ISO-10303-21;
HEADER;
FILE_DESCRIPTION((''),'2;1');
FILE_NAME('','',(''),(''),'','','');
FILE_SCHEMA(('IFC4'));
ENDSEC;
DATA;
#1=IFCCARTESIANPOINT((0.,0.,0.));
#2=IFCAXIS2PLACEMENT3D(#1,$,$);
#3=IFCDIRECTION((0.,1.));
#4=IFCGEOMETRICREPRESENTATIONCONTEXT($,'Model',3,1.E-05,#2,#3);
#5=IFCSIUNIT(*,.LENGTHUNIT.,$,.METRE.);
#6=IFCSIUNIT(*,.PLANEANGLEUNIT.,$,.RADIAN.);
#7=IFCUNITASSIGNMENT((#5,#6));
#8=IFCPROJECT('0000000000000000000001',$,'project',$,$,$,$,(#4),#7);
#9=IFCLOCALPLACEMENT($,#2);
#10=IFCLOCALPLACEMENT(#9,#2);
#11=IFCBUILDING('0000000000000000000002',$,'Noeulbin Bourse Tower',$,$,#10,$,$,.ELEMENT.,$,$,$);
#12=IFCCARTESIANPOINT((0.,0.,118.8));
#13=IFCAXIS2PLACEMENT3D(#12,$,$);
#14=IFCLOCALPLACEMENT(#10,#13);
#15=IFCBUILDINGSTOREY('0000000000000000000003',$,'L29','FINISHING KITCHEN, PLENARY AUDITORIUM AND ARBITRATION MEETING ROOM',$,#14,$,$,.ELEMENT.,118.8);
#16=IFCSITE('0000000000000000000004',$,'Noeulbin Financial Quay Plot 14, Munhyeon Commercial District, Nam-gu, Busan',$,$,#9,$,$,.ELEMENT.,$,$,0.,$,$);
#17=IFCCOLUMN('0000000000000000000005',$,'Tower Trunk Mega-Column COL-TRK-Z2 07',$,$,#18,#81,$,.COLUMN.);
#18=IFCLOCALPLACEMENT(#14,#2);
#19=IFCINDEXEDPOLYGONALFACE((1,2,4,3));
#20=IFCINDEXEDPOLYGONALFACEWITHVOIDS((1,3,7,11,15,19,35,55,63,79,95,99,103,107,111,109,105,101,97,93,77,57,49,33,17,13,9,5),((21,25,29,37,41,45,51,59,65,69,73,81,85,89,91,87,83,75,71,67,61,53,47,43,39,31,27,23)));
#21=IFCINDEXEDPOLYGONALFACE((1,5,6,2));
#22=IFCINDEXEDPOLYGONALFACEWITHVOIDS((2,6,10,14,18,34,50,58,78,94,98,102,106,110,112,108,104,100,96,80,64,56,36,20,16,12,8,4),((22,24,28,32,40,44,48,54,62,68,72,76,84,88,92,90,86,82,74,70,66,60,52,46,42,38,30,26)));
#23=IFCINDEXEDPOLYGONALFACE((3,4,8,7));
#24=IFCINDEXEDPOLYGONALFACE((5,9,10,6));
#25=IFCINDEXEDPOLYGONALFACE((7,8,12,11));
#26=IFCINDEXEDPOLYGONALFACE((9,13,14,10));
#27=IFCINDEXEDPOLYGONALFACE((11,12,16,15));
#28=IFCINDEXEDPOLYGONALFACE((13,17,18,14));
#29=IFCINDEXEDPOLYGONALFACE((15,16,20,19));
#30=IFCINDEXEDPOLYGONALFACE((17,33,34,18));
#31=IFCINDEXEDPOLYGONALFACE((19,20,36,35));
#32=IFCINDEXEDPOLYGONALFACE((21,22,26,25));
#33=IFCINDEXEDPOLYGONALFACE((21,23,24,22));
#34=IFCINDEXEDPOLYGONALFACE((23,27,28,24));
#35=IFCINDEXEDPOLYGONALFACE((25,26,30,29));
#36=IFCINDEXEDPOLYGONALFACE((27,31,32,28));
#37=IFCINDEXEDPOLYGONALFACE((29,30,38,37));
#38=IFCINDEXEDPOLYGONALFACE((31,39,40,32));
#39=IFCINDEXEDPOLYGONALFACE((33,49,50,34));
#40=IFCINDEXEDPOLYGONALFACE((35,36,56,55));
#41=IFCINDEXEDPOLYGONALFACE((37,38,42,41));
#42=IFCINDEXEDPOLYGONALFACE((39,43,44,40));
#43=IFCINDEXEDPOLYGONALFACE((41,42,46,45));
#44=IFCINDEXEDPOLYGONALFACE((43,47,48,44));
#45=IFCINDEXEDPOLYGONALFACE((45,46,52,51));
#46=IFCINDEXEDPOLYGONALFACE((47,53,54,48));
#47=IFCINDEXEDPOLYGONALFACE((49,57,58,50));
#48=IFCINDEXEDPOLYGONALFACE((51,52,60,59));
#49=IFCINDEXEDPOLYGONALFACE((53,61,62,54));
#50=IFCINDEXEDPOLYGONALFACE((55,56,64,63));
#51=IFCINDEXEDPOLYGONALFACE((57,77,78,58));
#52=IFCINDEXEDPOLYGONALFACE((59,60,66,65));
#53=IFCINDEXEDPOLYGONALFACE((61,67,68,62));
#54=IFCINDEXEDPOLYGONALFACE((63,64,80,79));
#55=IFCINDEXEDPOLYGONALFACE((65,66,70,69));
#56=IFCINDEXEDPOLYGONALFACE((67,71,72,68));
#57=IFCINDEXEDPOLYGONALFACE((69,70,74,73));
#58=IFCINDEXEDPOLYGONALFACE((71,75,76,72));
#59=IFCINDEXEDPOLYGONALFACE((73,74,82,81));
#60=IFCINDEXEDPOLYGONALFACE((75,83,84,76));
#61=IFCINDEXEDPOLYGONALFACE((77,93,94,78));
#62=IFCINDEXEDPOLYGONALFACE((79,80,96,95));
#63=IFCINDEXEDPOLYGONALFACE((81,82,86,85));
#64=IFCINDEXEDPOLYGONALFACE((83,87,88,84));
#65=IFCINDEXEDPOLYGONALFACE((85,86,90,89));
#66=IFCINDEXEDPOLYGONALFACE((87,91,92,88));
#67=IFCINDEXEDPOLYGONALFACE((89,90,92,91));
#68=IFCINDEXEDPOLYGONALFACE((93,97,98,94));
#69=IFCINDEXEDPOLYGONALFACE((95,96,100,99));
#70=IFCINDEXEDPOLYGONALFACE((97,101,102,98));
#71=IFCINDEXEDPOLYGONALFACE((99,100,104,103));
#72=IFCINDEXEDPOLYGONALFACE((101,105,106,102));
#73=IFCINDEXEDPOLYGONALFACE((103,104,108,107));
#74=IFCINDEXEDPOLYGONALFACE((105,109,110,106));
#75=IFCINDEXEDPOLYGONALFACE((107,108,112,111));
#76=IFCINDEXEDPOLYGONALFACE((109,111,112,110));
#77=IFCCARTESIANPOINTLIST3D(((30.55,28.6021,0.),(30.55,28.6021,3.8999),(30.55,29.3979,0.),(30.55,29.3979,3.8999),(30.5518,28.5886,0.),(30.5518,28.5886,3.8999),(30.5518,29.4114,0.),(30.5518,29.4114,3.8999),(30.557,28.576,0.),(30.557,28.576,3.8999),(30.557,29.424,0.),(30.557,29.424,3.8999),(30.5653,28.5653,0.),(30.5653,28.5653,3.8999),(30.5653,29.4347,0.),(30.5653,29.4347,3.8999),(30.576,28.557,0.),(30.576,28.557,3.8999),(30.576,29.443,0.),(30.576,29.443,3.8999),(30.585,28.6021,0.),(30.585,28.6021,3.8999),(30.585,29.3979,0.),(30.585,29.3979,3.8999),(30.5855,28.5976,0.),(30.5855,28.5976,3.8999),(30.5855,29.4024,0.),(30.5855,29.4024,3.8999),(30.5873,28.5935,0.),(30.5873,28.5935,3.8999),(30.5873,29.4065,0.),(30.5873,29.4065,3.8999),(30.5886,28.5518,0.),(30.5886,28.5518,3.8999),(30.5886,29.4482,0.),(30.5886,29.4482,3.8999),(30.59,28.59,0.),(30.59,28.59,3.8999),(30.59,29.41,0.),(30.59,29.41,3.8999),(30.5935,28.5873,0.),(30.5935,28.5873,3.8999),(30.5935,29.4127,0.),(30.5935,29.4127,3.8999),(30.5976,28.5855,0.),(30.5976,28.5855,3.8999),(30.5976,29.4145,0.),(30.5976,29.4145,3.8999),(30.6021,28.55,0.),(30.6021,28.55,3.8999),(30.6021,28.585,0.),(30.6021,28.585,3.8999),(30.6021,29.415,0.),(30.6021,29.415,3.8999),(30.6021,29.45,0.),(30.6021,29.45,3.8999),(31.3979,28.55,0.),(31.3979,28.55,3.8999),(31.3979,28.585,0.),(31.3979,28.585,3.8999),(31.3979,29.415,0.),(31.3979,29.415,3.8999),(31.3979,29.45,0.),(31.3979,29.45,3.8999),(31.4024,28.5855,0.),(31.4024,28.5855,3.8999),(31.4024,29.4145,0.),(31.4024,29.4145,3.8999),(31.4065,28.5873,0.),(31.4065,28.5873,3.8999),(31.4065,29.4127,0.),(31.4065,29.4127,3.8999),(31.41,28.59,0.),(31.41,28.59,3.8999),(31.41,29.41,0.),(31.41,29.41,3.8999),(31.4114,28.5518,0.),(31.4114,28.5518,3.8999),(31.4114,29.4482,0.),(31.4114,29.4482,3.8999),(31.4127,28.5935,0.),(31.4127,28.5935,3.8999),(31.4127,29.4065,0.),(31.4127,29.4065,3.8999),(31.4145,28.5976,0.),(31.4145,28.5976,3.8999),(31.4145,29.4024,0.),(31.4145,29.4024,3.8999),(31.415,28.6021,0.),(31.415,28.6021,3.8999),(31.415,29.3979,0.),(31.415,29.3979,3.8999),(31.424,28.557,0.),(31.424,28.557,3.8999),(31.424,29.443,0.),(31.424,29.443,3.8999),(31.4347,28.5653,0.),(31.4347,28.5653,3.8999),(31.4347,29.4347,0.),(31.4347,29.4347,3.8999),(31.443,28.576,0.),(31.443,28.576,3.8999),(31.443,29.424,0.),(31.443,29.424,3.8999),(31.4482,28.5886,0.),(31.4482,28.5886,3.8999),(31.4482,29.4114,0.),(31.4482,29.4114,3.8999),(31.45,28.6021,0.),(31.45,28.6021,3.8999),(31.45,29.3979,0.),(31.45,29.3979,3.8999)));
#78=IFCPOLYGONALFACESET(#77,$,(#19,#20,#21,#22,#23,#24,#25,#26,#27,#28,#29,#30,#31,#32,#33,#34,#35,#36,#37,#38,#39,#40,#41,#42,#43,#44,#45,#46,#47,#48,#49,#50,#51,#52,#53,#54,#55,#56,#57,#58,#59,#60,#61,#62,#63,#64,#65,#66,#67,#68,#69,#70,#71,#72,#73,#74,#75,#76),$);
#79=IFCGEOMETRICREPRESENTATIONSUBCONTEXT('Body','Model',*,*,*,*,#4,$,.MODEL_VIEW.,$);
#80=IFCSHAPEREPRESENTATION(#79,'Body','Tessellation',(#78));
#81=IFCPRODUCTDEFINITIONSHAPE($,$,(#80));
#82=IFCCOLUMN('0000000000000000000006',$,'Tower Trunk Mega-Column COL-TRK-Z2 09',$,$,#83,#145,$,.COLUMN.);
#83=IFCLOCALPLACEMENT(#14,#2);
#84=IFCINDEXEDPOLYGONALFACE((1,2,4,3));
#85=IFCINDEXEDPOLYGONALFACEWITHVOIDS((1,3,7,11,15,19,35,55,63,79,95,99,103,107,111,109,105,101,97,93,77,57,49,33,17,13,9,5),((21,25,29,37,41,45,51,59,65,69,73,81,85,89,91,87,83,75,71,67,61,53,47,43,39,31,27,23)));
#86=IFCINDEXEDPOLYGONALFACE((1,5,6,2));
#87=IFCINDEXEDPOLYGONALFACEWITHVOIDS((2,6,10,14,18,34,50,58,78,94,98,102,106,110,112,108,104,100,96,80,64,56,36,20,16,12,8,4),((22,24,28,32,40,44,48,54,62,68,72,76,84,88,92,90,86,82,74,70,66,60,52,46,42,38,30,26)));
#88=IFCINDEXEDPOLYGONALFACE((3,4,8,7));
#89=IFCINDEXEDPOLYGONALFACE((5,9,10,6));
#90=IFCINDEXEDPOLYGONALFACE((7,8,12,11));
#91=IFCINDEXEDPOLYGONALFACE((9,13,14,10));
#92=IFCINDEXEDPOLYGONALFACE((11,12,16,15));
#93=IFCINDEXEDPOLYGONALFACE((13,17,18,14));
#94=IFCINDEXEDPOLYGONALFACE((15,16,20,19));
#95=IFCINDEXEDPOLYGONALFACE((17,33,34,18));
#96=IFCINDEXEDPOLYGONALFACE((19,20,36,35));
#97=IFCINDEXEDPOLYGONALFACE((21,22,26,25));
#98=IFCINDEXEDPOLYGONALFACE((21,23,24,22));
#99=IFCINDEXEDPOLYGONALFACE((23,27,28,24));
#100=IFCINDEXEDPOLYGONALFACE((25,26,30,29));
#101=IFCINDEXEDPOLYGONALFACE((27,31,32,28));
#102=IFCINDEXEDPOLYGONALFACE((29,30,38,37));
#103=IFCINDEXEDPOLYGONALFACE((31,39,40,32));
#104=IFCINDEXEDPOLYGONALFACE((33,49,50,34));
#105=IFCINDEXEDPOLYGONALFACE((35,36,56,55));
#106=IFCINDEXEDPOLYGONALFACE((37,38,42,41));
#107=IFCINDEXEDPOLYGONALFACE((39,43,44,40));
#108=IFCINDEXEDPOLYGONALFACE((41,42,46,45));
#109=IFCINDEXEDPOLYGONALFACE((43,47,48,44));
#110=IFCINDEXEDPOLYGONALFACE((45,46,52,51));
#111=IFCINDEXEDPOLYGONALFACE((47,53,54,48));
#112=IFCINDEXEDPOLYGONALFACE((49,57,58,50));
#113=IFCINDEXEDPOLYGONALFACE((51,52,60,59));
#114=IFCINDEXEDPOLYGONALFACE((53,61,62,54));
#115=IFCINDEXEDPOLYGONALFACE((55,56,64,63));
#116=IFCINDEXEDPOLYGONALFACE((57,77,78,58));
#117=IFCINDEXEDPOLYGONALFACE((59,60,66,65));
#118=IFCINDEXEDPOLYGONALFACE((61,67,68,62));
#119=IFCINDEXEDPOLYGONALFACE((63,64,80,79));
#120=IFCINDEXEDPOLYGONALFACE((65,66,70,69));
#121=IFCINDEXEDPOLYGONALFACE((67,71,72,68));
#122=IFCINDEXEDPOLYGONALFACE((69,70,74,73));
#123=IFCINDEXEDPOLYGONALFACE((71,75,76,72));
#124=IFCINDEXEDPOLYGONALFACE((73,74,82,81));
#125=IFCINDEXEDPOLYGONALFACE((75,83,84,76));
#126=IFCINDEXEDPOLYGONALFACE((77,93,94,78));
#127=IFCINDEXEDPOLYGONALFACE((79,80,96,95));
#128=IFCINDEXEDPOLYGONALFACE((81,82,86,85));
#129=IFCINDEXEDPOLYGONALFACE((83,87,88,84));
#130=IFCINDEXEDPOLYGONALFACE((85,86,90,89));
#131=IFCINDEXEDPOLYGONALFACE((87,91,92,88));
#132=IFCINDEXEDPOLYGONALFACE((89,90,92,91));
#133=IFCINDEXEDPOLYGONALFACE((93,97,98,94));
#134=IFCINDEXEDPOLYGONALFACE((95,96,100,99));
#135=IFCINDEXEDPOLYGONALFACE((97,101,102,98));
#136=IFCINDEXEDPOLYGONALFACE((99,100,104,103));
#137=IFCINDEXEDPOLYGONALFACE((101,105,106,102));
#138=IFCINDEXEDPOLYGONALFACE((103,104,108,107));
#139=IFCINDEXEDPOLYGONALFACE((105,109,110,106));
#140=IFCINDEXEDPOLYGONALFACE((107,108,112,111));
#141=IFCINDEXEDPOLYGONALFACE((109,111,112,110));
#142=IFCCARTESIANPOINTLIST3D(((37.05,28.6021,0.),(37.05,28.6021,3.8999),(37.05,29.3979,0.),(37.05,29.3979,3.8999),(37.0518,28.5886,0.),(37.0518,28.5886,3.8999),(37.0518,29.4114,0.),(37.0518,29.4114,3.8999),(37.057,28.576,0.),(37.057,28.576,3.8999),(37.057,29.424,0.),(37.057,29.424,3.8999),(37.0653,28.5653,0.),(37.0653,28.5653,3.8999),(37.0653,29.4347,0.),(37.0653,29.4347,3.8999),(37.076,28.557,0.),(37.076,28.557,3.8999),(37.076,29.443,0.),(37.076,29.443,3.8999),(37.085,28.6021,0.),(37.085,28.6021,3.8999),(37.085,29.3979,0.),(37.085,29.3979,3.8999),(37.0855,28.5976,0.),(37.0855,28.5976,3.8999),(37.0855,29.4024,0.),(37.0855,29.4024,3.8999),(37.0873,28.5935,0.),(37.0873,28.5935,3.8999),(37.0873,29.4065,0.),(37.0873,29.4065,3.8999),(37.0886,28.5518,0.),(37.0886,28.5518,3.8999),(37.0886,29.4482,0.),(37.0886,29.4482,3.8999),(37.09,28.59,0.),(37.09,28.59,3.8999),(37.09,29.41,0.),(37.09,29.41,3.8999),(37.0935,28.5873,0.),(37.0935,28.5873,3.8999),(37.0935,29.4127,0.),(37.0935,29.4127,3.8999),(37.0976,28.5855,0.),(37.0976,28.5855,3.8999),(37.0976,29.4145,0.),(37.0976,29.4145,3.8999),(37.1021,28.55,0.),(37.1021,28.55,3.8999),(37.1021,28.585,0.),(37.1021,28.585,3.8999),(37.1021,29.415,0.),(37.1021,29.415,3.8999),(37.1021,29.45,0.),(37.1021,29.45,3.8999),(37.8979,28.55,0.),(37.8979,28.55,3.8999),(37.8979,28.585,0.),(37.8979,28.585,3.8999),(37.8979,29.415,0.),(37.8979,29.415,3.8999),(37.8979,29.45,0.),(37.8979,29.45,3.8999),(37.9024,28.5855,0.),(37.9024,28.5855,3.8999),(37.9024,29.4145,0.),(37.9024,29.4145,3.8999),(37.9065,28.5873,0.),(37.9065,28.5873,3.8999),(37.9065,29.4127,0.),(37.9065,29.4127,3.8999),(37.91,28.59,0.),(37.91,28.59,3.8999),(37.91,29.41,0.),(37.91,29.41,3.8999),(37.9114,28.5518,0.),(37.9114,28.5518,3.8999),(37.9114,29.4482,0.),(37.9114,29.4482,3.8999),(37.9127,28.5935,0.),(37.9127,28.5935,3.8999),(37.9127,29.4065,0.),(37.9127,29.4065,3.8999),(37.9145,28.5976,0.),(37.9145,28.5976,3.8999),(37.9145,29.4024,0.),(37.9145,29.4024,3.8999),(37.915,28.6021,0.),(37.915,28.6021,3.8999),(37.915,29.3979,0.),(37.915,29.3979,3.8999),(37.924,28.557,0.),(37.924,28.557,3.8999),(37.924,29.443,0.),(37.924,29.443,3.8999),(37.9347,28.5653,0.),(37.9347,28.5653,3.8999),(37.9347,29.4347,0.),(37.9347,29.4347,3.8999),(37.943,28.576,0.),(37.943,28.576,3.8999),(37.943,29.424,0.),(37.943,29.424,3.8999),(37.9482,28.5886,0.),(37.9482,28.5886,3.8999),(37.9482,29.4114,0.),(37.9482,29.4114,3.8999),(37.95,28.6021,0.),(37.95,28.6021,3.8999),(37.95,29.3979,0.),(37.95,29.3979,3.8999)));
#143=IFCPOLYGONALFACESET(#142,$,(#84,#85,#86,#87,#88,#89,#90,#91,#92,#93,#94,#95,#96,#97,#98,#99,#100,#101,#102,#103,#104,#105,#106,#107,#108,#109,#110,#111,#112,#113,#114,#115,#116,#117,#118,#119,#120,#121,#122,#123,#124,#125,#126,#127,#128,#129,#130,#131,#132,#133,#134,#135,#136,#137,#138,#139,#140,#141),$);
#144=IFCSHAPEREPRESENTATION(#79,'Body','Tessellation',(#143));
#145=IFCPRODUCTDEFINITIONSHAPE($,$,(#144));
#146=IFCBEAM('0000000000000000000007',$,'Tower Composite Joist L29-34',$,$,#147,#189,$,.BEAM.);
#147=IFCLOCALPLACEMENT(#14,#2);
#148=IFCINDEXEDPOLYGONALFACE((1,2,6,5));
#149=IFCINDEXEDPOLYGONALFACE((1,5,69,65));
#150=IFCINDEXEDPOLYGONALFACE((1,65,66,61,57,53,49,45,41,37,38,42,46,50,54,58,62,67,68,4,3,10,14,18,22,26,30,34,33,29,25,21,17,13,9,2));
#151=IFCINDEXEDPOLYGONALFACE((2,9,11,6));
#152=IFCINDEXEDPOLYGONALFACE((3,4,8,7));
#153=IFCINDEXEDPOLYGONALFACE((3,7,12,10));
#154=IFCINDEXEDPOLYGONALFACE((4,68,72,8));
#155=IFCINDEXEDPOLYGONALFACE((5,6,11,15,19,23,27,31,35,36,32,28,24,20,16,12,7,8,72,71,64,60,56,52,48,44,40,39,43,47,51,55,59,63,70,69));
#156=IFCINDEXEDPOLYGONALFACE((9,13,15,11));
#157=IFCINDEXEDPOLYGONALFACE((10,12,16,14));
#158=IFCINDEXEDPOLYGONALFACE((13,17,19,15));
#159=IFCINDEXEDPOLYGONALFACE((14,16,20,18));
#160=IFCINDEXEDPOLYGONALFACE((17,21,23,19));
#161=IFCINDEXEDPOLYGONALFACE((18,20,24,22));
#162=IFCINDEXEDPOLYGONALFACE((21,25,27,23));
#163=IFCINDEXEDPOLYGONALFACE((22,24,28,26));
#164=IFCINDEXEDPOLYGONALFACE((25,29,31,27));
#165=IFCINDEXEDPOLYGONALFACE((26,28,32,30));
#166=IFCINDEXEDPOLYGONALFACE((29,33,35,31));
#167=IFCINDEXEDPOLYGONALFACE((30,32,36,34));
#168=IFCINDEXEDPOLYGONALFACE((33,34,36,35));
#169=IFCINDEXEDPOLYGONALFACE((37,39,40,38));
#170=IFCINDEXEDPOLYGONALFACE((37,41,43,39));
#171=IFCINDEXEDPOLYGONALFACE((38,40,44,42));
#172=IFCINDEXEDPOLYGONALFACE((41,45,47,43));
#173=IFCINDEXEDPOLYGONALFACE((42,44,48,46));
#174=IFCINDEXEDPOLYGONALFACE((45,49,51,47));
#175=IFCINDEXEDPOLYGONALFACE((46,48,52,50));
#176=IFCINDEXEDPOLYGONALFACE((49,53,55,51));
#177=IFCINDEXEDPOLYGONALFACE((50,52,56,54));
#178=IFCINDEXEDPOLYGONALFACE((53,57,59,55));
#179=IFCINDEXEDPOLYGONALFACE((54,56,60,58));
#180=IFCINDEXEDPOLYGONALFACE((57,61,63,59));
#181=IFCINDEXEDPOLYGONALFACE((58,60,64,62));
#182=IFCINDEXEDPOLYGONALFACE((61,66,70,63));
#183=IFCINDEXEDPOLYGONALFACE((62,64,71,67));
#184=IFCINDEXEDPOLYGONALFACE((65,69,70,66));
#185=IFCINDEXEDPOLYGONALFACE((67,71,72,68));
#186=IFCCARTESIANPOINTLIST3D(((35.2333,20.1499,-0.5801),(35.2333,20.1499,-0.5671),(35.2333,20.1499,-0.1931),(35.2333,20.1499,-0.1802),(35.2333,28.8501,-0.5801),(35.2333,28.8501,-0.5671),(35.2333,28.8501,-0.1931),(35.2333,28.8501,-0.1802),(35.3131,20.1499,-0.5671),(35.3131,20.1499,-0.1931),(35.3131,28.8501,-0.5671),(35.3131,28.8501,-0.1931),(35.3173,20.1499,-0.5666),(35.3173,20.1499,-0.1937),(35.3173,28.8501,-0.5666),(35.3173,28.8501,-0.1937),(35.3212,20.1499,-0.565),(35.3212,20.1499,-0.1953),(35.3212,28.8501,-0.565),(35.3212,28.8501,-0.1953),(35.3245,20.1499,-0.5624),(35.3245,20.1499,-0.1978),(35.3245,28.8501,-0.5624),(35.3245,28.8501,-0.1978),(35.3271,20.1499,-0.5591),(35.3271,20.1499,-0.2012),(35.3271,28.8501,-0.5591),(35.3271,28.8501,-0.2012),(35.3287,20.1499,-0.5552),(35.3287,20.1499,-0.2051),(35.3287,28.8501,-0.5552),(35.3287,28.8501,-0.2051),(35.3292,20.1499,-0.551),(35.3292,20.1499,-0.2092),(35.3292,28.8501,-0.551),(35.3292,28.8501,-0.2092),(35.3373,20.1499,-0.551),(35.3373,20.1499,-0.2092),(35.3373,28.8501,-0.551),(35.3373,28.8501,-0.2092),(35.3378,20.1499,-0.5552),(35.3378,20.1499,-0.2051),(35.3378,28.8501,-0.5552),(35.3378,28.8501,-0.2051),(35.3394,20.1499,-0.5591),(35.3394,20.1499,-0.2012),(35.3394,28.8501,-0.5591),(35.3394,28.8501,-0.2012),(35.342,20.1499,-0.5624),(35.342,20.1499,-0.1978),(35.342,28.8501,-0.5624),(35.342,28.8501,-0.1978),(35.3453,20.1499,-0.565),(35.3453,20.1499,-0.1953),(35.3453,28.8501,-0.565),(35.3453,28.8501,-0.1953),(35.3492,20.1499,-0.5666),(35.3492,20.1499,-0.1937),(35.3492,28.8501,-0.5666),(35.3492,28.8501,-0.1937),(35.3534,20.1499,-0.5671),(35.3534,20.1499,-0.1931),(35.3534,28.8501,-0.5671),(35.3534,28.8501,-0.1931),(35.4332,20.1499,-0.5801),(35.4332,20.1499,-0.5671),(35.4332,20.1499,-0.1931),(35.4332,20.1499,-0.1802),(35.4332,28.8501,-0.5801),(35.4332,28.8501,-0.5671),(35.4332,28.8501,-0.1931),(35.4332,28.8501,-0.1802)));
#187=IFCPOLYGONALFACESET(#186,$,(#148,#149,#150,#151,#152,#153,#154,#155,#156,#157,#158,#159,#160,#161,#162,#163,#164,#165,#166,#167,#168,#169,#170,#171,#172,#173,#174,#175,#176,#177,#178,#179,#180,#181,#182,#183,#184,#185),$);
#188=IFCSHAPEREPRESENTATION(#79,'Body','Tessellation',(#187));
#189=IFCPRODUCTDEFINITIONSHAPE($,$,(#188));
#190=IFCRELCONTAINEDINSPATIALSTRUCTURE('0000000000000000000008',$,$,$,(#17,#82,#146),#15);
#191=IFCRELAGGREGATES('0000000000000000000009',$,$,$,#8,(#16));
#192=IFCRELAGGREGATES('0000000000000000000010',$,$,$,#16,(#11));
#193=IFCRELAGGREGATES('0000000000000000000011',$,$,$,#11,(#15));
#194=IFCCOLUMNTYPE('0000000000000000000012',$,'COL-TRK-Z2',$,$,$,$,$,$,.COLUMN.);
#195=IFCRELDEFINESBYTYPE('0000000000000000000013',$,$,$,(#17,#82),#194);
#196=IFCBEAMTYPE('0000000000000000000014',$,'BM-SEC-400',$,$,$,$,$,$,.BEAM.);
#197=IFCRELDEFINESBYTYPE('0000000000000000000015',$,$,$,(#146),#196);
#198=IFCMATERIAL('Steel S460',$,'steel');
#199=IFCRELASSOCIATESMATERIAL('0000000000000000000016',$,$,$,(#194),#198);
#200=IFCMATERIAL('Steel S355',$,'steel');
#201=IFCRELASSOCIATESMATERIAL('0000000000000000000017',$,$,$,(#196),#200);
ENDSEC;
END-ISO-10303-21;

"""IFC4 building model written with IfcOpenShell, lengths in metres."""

from ifc_helpers import new_model, si_unit, direction, frame, origin, origin_2d, place, context, subcontext, project, spatial, hollow_rectangle, i_section, extrude, material, material_profile, profile_set, type_object, element, save


model = new_model("IFC4")

# Units and contexts
model_context = context("Model", 3, precision=1e-05, world=origin(), true_north=direction((0.0, 1.0)))
body_context = subcontext(model_context, "Body", "Model", "MODEL_VIEW")
ifc_project = project(units=[si_unit("LENGTHUNIT", "METRE"), si_unit("PLANEANGLEUNIT", "RADIAN")], contexts=[model_context])

# Site, building, storey
site_placement = place(None, origin())
site = spatial("IfcSite", under=ifc_project, at=site_placement, Name="Noeulbin Financial Quay Plot 14, Munhyeon Commercial District, Nam-gu, Busan", CompositionType="ELEMENT", RefElevation=0.0)
building_placement = place(site_placement, origin())
building = spatial("IfcBuilding", under=site, at=building_placement, Name="Noeulbin Bourse Tower", CompositionType="ELEMENT")
storey_placement = place(building_placement, frame((0.0, 0.0, 118.8)))
storey = spatial("IfcBuildingStorey", under=building, at=storey_placement, Name="L29", Description="FINISHING KITCHEN, PLENARY AUDITORIUM AND ARBITRATION MEETING ROOM", CompositionType="ELEMENT", Elevation=118.8)

# Columns
ifc_material_1 = material(Name="Steel S460", Category="steel")
ifc_material_profile_1 = material_profile(ifc_material_1, hollow_rectangle(XDim=0.8999, YDim=0.8999, WallThickness=0.0349, InnerFilletRadius=0.0171, OuterFilletRadius=0.052, at=origin_2d()), Name="BOX-900x900x35", Category="LoadBearing")
ifc_profile_set_1 = profile_set([ifc_material_profile_1], Name="Steel S460")
column_type = type_object("IfcColumnType", Name="COL-TRK-Z2", PredefinedType="COLUMN", material=ifc_profile_set_1)
for number, where, z_axis, x_axis, name in (
    (1, (31.0, 29.0, 0.0), (0.0, 0.0, 1.0), (1.0, 0.0, 0.0), "Tower Trunk Mega-Column COL-TRK-Z2 07"),
    (2, (37.5, 29.0, 0.0), (0.0, 0.0, 1.0), (1.0, 0.0, 0.0), "Tower Trunk Mega-Column COL-TRK-Z2 09"),
):
    element("IfcColumn", number, at=place(storey_placement, frame(where, z_axis=z_axis, x_axis=x_axis)), inside=storey, type_object=column_type, Name=name, PredefinedType="COLUMN", context=body_context, shape_type="SweptSolid", body=[
        extrude(hollow_rectangle(XDim=0.8999, YDim=0.8999, WallThickness=0.0349, InnerFilletRadius=0.0171, OuterFilletRadius=0.052, at=origin_2d()), origin(), (0.0, 0.0, 1.0), 3.8999),
    ])

# Beam
ifc_material_2 = material(Name="Steel S355", Category="steel")
ifc_material_profile_2 = material_profile(ifc_material_2, i_section(OverallWidth=0.2, OverallDepth=0.3999, WebThickness=0.0081, FlangeThickness=0.0129, FilletRadius=0.0161, at=origin_2d()), Name="H-400x200x8x13", Category="LoadBearing")
ifc_profile_set_2 = profile_set([ifc_material_profile_2], Name="Steel S355")
beam_type = type_object("IfcBeamType", Name="BM-SEC-400", PredefinedType="BEAM", material=ifc_profile_set_2)
for number, where, z_axis, x_axis, name in (
    (3, (35.3333, 20.1499, -0.3801), (0.0, 1.0, 0.0), (-1.0, 0.0, 0.0), "Tower Composite Joist L29-34"),
):
    element("IfcBeam", number, at=place(storey_placement, frame(where, z_axis=z_axis, x_axis=x_axis)), inside=storey, type_object=beam_type, Name=name, PredefinedType="BEAM", context=body_context, shape_type="SweptSolid", body=[
        extrude(i_section(OverallWidth=0.2, OverallDepth=0.3999, WebThickness=0.0081, FlangeThickness=0.0129, FilletRadius=0.0161, at=origin_2d()), origin(), (0.0, 0.0, 1.0), 8.7002),
    ])

save(model, "model.ifc")
